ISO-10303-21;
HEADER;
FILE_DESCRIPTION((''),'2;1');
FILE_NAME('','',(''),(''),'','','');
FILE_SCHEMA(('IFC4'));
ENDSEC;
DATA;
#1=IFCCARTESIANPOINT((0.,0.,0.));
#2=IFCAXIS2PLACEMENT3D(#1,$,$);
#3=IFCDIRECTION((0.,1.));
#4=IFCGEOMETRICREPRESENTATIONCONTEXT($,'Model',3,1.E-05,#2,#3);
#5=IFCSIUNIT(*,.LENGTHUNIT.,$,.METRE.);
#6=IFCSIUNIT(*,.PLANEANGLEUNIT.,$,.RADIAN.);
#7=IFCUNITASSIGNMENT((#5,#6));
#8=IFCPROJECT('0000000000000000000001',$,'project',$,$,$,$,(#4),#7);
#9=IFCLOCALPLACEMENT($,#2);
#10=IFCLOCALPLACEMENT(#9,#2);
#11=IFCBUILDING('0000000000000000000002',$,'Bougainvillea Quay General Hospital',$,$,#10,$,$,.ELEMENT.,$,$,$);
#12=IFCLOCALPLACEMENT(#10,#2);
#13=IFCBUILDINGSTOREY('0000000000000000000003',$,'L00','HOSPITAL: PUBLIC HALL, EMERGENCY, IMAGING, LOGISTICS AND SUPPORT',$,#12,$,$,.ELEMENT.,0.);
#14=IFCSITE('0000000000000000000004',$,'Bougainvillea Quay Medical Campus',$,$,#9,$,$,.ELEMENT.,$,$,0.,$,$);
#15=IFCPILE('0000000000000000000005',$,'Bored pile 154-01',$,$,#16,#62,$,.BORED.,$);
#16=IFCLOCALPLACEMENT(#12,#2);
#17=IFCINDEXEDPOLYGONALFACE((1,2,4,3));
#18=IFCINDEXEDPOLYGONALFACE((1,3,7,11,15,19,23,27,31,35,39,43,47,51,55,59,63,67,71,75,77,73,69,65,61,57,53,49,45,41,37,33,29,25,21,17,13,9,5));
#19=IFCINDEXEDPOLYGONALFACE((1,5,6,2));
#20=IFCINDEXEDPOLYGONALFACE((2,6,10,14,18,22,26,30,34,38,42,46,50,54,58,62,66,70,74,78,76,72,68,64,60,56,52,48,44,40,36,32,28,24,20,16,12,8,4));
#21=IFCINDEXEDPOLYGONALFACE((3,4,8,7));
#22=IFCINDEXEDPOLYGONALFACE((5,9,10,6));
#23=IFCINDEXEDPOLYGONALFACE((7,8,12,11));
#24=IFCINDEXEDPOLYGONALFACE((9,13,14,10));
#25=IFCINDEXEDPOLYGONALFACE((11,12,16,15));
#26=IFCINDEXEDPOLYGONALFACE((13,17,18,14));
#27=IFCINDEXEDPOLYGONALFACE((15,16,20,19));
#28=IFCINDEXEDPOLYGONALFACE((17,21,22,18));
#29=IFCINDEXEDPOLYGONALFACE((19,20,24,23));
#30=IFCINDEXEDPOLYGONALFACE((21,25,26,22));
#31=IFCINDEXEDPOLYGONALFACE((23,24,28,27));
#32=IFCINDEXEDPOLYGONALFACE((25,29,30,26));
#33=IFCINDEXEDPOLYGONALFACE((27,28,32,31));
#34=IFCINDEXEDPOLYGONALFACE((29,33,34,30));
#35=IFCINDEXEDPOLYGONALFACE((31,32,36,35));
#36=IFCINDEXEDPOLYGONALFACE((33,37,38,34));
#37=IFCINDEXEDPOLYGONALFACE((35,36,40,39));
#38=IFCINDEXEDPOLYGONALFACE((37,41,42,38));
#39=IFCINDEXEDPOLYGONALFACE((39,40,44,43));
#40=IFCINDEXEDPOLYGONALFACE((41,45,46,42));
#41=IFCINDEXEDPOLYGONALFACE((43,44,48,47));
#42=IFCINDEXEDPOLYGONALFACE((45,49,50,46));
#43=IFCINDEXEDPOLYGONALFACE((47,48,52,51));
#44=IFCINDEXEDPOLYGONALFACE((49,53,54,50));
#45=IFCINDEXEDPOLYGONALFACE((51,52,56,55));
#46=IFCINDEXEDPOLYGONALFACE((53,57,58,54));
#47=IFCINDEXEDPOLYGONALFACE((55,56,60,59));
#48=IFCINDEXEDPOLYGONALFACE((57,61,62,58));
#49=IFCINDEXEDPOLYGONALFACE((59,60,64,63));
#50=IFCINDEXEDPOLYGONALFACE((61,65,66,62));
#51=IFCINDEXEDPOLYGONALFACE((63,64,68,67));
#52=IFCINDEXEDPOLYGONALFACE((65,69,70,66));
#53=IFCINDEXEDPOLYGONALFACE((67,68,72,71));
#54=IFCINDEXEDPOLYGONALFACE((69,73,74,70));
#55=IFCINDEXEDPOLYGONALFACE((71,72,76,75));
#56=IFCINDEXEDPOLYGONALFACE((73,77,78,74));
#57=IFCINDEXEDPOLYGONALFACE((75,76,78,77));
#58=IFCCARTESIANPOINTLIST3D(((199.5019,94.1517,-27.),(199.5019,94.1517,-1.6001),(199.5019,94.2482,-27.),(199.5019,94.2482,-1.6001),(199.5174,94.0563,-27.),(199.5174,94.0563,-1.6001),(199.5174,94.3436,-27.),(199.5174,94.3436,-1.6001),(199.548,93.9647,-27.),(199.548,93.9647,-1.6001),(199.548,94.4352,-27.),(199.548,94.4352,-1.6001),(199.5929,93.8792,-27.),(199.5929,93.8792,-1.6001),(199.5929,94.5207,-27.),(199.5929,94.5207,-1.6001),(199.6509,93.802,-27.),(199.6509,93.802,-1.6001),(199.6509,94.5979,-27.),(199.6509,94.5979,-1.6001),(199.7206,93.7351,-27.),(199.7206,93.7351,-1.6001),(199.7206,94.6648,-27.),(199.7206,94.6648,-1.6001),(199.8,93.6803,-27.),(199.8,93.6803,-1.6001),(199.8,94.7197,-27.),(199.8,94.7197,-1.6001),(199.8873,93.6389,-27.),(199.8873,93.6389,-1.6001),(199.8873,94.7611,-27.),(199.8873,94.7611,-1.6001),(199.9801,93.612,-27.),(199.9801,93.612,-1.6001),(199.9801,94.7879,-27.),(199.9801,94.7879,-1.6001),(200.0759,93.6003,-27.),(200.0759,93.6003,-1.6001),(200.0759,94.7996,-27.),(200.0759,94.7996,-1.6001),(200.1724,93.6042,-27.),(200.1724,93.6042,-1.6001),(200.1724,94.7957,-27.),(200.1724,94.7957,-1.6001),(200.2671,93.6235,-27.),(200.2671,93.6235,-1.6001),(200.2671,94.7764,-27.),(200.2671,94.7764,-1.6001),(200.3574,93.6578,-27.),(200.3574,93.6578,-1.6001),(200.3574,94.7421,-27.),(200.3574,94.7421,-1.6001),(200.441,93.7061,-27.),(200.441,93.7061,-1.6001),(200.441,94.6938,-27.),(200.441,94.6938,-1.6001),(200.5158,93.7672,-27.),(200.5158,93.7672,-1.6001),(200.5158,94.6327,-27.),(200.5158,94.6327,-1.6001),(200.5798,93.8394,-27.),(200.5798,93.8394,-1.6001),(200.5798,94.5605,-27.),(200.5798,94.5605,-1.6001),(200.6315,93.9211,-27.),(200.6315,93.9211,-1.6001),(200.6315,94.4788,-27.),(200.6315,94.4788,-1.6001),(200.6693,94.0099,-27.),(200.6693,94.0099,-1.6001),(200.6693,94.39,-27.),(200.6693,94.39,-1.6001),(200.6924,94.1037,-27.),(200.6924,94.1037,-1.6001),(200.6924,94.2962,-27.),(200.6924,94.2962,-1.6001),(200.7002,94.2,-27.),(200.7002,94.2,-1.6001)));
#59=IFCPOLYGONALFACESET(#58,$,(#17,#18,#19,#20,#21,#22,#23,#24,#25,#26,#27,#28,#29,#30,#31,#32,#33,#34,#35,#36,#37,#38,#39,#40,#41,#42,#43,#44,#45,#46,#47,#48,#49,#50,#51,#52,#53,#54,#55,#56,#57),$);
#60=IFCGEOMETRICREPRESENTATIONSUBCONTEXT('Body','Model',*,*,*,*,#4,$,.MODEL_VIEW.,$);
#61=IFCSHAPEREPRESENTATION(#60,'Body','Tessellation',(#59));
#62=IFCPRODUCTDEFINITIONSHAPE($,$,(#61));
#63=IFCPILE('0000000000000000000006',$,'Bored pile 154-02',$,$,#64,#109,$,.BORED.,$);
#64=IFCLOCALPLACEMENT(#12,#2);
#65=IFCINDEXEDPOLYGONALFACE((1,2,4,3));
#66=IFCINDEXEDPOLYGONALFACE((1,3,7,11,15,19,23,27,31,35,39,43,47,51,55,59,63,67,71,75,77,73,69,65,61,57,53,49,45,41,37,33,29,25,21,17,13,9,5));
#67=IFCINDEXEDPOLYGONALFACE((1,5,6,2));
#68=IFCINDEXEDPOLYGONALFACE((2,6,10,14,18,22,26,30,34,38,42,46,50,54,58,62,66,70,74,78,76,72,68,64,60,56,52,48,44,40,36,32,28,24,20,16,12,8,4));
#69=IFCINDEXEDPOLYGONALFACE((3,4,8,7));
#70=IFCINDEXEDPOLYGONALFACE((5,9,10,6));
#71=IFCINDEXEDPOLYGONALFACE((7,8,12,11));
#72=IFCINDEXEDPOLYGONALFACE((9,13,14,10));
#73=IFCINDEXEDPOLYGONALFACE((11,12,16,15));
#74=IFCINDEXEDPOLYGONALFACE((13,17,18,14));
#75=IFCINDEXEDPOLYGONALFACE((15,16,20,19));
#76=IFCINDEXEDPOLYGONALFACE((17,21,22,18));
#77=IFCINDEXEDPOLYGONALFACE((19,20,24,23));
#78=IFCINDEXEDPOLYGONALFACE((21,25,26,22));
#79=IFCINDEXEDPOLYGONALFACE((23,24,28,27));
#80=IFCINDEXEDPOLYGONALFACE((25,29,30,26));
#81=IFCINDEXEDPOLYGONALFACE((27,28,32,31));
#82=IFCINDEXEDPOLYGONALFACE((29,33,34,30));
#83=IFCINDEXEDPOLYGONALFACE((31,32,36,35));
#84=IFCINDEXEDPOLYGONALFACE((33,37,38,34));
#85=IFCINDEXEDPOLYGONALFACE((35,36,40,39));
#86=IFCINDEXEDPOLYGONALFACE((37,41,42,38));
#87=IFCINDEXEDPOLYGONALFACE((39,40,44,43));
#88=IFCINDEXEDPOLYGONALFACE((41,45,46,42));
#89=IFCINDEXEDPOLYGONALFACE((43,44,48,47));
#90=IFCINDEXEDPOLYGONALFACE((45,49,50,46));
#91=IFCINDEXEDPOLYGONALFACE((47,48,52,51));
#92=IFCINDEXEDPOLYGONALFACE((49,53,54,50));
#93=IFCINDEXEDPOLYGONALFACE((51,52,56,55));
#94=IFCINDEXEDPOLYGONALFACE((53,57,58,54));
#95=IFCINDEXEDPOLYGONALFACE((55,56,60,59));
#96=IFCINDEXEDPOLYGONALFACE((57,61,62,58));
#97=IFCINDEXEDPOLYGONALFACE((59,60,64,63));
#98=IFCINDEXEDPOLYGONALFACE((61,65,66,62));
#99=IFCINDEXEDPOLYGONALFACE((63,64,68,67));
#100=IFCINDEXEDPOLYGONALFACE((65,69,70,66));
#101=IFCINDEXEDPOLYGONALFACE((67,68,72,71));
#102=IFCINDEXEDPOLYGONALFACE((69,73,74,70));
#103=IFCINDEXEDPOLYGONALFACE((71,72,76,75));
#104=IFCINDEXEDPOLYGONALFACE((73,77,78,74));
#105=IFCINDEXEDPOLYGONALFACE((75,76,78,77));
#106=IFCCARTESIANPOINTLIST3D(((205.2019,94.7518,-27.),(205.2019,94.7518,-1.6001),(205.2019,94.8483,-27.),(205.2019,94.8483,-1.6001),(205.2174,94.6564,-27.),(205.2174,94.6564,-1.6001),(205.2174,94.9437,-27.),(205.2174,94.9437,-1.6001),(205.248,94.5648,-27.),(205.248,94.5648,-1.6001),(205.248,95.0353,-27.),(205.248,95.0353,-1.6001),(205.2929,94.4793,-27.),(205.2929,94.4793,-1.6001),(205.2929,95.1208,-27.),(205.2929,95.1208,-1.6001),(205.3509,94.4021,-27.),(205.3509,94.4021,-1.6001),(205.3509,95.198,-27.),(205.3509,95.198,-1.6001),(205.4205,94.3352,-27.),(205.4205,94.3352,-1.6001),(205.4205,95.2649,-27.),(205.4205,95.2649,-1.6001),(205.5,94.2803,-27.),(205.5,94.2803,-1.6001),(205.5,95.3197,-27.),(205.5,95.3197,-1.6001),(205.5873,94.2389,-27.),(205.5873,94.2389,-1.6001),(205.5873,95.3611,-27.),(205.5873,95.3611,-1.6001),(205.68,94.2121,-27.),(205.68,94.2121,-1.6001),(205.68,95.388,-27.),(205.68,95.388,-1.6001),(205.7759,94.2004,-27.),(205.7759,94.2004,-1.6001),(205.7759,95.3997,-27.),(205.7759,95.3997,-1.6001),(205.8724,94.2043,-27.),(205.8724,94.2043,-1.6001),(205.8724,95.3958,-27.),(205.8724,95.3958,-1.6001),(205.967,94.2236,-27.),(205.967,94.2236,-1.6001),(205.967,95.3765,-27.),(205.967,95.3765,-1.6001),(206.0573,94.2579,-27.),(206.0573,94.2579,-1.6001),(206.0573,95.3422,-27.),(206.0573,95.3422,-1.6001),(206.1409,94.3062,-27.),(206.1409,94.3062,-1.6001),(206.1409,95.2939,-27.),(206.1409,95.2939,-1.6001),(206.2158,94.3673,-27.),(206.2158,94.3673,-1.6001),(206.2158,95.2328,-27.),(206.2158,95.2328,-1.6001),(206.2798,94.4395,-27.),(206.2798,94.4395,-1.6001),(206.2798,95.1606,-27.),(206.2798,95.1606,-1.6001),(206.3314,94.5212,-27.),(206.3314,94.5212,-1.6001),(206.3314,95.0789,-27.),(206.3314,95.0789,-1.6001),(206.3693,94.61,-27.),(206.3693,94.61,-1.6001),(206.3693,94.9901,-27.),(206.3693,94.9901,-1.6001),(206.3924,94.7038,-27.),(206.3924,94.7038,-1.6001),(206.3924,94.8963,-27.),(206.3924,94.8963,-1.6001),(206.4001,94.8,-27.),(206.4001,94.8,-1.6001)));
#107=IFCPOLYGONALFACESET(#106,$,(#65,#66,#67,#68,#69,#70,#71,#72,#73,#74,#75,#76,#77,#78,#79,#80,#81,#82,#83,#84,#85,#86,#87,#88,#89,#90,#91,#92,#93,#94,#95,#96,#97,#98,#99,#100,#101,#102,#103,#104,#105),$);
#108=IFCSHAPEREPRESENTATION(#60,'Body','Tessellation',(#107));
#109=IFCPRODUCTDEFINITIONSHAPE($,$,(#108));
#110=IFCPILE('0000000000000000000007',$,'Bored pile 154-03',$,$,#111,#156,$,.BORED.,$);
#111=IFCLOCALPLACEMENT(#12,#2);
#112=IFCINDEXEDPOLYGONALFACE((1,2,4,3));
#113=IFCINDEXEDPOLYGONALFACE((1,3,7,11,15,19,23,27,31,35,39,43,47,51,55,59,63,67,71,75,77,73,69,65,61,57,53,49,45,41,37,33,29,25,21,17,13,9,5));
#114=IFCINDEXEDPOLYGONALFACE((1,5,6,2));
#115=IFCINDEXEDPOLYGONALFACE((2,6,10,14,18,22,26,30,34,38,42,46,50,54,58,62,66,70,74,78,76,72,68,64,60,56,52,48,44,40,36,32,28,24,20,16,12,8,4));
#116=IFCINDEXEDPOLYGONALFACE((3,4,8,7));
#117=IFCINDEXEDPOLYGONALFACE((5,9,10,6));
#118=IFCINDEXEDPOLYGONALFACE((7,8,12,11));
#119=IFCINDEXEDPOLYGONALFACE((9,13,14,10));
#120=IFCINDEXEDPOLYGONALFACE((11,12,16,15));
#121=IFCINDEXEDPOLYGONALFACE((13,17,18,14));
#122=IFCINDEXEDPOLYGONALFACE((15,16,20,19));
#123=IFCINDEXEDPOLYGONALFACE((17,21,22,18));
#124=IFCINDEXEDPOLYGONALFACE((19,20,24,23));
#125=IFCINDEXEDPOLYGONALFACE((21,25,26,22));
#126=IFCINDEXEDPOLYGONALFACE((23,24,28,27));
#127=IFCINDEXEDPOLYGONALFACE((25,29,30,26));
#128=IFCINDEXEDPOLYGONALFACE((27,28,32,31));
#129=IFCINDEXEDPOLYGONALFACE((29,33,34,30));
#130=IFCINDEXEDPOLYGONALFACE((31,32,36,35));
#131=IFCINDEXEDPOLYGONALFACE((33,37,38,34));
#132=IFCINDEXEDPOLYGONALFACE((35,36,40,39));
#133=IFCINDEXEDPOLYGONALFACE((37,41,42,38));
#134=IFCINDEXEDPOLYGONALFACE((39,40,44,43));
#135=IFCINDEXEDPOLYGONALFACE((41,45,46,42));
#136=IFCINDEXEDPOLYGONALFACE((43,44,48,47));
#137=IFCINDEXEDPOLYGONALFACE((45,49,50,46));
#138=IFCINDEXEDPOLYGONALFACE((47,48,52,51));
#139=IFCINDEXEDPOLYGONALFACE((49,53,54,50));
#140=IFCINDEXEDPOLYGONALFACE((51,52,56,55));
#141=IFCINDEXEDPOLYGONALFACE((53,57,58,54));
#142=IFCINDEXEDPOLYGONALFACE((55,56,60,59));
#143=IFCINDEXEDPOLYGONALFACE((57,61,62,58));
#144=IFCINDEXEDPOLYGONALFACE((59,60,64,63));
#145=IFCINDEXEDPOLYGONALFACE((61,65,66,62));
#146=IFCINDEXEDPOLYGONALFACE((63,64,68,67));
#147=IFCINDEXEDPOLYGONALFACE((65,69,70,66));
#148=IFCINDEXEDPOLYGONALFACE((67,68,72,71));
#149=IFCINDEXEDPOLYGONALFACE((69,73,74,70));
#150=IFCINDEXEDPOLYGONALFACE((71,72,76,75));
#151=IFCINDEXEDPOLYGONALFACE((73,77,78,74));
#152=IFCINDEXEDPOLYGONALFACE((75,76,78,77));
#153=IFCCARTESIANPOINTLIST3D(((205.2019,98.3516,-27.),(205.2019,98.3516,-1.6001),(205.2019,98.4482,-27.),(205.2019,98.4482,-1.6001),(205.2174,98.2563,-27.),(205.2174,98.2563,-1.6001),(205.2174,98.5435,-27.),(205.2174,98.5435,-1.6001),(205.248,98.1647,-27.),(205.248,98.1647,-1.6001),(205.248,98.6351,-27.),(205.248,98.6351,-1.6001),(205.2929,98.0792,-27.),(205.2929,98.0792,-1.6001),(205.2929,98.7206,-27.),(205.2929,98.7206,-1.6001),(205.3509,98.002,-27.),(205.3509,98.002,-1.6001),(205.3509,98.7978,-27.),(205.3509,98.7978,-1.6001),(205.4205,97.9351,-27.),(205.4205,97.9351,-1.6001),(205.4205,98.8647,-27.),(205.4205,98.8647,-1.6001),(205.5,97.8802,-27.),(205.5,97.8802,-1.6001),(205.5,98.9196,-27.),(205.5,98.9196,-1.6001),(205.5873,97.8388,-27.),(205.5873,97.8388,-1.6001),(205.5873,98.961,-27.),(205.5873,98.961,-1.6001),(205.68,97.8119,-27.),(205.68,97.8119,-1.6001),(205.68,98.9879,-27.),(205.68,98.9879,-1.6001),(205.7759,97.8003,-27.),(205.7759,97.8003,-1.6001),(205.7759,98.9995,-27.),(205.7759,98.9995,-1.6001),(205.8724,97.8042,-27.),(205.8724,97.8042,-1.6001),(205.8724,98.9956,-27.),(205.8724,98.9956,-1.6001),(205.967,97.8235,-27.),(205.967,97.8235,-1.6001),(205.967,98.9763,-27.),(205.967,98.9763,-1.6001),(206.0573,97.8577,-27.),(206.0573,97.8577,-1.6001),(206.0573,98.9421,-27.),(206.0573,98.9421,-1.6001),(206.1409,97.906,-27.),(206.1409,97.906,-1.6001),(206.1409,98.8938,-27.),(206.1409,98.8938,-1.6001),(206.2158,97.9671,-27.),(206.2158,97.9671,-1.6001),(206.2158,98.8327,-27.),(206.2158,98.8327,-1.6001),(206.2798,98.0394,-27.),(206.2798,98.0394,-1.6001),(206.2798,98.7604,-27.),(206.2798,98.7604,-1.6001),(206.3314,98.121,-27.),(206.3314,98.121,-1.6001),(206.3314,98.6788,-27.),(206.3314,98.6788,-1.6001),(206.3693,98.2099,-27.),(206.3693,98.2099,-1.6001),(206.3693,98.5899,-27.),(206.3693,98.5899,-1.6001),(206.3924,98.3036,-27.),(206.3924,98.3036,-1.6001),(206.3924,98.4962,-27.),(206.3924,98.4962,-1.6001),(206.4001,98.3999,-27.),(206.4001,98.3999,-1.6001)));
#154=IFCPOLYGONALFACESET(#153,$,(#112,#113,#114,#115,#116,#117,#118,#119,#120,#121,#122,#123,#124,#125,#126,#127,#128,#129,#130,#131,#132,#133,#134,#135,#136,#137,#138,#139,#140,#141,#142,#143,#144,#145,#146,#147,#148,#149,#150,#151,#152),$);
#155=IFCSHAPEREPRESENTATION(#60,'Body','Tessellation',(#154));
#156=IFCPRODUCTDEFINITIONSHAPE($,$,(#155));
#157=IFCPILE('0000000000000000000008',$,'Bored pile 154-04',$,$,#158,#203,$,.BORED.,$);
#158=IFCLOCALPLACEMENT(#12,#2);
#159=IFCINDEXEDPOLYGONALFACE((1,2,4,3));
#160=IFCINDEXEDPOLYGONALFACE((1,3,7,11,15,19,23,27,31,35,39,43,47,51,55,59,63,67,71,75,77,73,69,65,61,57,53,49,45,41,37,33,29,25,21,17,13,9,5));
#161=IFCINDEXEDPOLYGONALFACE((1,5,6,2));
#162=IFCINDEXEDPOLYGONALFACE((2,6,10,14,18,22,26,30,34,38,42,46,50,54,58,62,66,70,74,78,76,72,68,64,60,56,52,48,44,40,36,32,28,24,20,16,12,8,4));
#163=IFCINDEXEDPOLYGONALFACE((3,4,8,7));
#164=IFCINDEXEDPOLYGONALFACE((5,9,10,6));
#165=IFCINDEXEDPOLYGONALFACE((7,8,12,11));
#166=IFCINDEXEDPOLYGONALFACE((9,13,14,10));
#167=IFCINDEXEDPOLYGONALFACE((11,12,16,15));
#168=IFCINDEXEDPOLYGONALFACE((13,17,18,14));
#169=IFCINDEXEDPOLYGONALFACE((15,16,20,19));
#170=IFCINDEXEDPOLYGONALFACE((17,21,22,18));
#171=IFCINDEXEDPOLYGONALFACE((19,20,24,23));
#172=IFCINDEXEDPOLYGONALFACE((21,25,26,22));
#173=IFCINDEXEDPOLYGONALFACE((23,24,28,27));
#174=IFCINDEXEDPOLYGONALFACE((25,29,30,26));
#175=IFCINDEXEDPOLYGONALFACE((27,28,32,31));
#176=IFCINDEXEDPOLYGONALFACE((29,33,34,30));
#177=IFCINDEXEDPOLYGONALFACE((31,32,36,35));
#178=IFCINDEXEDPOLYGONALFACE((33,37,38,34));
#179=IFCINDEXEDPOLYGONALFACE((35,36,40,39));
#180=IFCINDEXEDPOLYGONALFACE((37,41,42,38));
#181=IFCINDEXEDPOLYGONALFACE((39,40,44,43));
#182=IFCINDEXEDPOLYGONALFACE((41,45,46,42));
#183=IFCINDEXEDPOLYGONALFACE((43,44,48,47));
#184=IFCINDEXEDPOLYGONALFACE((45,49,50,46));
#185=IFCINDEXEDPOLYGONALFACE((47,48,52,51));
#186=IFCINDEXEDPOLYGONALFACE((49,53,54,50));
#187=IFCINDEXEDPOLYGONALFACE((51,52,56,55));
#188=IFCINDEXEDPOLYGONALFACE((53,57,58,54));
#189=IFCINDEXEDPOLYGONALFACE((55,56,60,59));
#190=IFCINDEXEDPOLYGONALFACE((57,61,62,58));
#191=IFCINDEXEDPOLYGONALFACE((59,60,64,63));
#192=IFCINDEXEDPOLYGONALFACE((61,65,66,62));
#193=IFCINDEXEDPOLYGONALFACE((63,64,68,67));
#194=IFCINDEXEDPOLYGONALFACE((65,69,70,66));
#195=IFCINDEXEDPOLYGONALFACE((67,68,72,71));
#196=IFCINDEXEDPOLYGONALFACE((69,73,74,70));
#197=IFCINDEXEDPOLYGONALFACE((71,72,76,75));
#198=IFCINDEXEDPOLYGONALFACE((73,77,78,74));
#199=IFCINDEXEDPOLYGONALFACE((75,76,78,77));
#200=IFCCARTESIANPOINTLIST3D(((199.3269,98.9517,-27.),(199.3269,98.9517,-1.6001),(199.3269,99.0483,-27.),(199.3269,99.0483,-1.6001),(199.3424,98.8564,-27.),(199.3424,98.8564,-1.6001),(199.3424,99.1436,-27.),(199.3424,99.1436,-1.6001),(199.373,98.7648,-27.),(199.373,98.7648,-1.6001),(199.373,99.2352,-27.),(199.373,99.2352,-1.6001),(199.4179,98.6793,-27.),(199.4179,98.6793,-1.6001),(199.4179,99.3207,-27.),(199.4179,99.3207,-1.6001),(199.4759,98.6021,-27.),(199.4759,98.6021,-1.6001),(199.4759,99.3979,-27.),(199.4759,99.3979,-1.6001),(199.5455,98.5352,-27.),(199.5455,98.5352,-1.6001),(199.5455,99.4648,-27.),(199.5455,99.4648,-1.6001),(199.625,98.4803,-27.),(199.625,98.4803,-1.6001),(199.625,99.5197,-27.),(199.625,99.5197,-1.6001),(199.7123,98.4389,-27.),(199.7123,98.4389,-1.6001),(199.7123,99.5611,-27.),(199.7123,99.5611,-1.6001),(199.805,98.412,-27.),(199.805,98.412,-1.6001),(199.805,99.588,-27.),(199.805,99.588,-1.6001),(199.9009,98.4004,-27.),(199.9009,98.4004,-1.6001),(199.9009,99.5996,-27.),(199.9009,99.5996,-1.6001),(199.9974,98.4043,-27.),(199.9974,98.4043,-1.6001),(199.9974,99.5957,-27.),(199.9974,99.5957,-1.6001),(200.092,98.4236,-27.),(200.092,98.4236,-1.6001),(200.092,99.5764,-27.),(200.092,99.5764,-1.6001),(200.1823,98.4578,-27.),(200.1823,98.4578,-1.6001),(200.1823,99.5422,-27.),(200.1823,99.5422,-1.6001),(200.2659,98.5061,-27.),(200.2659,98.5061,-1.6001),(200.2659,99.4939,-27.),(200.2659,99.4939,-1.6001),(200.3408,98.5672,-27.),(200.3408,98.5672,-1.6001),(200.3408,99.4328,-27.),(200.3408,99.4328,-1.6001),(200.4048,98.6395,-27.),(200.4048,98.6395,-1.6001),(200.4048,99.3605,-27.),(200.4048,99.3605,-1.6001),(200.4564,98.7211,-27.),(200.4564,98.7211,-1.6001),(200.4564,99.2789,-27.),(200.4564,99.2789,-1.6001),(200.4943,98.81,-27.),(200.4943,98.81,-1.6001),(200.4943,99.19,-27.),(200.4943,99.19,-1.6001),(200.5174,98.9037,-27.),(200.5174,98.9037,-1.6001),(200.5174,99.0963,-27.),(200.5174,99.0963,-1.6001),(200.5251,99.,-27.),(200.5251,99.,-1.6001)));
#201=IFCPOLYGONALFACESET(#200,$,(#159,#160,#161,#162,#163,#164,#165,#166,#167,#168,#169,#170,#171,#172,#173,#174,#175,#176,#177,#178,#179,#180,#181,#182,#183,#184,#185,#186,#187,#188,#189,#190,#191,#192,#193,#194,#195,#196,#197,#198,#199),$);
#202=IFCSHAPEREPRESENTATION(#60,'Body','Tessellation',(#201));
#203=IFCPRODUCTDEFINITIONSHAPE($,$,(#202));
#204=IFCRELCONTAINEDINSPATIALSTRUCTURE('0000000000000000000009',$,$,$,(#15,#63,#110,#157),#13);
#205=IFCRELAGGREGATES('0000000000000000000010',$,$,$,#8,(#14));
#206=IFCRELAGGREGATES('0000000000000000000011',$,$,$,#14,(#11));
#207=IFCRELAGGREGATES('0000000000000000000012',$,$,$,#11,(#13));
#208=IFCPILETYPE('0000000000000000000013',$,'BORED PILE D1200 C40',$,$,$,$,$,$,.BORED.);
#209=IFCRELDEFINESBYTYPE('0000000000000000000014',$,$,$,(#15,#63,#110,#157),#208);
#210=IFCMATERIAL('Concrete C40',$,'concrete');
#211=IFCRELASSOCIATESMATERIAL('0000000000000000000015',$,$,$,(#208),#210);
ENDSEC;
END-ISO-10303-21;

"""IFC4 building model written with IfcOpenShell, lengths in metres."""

from ifc_helpers import new_model, si_unit, direction, frame, origin, origin_2d, place, context, subcontext, project, spatial, circle, extrude, material, material_profile, profile_set, type_object, element, save


model = new_model("IFC4")

# Units and contexts
model_context = context("Model", 3, precision=1e-05, world=origin(), true_north=direction((0.0, 1.0)))
body_context = subcontext(model_context, "Body", "Model", "MODEL_VIEW")
ifc_project = project(units=[si_unit("LENGTHUNIT", "METRE"), si_unit("PLANEANGLEUNIT", "RADIAN")], contexts=[model_context])

# Site, building, storey
site_placement = place(None, origin())
site = spatial("IfcSite", under=ifc_project, at=site_placement, Name="Bougainvillea Quay Medical Campus", CompositionType="ELEMENT", RefElevation=0.0)
building_placement = place(site_placement, origin())
building = spatial("IfcBuilding", under=site, at=building_placement, Name="Bougainvillea Quay General Hospital", CompositionType="ELEMENT")
storey_placement = place(building_placement, origin())
storey = spatial("IfcBuildingStorey", under=building, at=storey_placement, Name="L00", Description="HOSPITAL: PUBLIC HALL, EMERGENCY, IMAGING, LOGISTICS AND SUPPORT", CompositionType="ELEMENT", Elevation=0.0)

# Piles
ifc_material_1 = material(Name="Concrete C40", Category="concrete")
ifc_material_profile_1 = material_profile(ifc_material_1, circle(Radius=0.6001, at=origin_2d()))
ifc_profile_set_1 = profile_set([ifc_material_profile_1], Name="Concrete C40")
pile_type = type_object("IfcPileType", Name="BORED PILE D1200 C40", PredefinedType="BORED", material=ifc_profile_set_1)
for number, where, z_axis, x_axis, name in (
    (1, (200.1001, 94.2, -1.6001), (0.0, 0.0, -1.0), (1.0, 0.0, 0.0), "Bored pile 154-01"),
    (2, (205.8, 94.8, -1.6001), (0.0, 0.0, -1.0), (1.0, 0.0, 0.0), "Bored pile 154-02"),
    (3, (205.8, 98.3999, -1.6001), (0.0, 0.0, -1.0), (1.0, 0.0, 0.0), "Bored pile 154-03"),
    (4, (199.925, 99.0, -1.6001), (0.0, 0.0, -1.0), (1.0, 0.0, 0.0), "Bored pile 154-04"),
):
    element("IfcPile", number, at=place(storey_placement, frame(where, z_axis=z_axis, x_axis=x_axis)), inside=storey, type_object=pile_type, Name=name, PredefinedType="BORED", context=body_context, shape_type="SweptSolid", body=[
        extrude(circle(Radius=0.6001, at=origin_2d()), origin(), (0.0, 0.0, 1.0), 25.3999),
    ])

save(model, "model.ifc")
